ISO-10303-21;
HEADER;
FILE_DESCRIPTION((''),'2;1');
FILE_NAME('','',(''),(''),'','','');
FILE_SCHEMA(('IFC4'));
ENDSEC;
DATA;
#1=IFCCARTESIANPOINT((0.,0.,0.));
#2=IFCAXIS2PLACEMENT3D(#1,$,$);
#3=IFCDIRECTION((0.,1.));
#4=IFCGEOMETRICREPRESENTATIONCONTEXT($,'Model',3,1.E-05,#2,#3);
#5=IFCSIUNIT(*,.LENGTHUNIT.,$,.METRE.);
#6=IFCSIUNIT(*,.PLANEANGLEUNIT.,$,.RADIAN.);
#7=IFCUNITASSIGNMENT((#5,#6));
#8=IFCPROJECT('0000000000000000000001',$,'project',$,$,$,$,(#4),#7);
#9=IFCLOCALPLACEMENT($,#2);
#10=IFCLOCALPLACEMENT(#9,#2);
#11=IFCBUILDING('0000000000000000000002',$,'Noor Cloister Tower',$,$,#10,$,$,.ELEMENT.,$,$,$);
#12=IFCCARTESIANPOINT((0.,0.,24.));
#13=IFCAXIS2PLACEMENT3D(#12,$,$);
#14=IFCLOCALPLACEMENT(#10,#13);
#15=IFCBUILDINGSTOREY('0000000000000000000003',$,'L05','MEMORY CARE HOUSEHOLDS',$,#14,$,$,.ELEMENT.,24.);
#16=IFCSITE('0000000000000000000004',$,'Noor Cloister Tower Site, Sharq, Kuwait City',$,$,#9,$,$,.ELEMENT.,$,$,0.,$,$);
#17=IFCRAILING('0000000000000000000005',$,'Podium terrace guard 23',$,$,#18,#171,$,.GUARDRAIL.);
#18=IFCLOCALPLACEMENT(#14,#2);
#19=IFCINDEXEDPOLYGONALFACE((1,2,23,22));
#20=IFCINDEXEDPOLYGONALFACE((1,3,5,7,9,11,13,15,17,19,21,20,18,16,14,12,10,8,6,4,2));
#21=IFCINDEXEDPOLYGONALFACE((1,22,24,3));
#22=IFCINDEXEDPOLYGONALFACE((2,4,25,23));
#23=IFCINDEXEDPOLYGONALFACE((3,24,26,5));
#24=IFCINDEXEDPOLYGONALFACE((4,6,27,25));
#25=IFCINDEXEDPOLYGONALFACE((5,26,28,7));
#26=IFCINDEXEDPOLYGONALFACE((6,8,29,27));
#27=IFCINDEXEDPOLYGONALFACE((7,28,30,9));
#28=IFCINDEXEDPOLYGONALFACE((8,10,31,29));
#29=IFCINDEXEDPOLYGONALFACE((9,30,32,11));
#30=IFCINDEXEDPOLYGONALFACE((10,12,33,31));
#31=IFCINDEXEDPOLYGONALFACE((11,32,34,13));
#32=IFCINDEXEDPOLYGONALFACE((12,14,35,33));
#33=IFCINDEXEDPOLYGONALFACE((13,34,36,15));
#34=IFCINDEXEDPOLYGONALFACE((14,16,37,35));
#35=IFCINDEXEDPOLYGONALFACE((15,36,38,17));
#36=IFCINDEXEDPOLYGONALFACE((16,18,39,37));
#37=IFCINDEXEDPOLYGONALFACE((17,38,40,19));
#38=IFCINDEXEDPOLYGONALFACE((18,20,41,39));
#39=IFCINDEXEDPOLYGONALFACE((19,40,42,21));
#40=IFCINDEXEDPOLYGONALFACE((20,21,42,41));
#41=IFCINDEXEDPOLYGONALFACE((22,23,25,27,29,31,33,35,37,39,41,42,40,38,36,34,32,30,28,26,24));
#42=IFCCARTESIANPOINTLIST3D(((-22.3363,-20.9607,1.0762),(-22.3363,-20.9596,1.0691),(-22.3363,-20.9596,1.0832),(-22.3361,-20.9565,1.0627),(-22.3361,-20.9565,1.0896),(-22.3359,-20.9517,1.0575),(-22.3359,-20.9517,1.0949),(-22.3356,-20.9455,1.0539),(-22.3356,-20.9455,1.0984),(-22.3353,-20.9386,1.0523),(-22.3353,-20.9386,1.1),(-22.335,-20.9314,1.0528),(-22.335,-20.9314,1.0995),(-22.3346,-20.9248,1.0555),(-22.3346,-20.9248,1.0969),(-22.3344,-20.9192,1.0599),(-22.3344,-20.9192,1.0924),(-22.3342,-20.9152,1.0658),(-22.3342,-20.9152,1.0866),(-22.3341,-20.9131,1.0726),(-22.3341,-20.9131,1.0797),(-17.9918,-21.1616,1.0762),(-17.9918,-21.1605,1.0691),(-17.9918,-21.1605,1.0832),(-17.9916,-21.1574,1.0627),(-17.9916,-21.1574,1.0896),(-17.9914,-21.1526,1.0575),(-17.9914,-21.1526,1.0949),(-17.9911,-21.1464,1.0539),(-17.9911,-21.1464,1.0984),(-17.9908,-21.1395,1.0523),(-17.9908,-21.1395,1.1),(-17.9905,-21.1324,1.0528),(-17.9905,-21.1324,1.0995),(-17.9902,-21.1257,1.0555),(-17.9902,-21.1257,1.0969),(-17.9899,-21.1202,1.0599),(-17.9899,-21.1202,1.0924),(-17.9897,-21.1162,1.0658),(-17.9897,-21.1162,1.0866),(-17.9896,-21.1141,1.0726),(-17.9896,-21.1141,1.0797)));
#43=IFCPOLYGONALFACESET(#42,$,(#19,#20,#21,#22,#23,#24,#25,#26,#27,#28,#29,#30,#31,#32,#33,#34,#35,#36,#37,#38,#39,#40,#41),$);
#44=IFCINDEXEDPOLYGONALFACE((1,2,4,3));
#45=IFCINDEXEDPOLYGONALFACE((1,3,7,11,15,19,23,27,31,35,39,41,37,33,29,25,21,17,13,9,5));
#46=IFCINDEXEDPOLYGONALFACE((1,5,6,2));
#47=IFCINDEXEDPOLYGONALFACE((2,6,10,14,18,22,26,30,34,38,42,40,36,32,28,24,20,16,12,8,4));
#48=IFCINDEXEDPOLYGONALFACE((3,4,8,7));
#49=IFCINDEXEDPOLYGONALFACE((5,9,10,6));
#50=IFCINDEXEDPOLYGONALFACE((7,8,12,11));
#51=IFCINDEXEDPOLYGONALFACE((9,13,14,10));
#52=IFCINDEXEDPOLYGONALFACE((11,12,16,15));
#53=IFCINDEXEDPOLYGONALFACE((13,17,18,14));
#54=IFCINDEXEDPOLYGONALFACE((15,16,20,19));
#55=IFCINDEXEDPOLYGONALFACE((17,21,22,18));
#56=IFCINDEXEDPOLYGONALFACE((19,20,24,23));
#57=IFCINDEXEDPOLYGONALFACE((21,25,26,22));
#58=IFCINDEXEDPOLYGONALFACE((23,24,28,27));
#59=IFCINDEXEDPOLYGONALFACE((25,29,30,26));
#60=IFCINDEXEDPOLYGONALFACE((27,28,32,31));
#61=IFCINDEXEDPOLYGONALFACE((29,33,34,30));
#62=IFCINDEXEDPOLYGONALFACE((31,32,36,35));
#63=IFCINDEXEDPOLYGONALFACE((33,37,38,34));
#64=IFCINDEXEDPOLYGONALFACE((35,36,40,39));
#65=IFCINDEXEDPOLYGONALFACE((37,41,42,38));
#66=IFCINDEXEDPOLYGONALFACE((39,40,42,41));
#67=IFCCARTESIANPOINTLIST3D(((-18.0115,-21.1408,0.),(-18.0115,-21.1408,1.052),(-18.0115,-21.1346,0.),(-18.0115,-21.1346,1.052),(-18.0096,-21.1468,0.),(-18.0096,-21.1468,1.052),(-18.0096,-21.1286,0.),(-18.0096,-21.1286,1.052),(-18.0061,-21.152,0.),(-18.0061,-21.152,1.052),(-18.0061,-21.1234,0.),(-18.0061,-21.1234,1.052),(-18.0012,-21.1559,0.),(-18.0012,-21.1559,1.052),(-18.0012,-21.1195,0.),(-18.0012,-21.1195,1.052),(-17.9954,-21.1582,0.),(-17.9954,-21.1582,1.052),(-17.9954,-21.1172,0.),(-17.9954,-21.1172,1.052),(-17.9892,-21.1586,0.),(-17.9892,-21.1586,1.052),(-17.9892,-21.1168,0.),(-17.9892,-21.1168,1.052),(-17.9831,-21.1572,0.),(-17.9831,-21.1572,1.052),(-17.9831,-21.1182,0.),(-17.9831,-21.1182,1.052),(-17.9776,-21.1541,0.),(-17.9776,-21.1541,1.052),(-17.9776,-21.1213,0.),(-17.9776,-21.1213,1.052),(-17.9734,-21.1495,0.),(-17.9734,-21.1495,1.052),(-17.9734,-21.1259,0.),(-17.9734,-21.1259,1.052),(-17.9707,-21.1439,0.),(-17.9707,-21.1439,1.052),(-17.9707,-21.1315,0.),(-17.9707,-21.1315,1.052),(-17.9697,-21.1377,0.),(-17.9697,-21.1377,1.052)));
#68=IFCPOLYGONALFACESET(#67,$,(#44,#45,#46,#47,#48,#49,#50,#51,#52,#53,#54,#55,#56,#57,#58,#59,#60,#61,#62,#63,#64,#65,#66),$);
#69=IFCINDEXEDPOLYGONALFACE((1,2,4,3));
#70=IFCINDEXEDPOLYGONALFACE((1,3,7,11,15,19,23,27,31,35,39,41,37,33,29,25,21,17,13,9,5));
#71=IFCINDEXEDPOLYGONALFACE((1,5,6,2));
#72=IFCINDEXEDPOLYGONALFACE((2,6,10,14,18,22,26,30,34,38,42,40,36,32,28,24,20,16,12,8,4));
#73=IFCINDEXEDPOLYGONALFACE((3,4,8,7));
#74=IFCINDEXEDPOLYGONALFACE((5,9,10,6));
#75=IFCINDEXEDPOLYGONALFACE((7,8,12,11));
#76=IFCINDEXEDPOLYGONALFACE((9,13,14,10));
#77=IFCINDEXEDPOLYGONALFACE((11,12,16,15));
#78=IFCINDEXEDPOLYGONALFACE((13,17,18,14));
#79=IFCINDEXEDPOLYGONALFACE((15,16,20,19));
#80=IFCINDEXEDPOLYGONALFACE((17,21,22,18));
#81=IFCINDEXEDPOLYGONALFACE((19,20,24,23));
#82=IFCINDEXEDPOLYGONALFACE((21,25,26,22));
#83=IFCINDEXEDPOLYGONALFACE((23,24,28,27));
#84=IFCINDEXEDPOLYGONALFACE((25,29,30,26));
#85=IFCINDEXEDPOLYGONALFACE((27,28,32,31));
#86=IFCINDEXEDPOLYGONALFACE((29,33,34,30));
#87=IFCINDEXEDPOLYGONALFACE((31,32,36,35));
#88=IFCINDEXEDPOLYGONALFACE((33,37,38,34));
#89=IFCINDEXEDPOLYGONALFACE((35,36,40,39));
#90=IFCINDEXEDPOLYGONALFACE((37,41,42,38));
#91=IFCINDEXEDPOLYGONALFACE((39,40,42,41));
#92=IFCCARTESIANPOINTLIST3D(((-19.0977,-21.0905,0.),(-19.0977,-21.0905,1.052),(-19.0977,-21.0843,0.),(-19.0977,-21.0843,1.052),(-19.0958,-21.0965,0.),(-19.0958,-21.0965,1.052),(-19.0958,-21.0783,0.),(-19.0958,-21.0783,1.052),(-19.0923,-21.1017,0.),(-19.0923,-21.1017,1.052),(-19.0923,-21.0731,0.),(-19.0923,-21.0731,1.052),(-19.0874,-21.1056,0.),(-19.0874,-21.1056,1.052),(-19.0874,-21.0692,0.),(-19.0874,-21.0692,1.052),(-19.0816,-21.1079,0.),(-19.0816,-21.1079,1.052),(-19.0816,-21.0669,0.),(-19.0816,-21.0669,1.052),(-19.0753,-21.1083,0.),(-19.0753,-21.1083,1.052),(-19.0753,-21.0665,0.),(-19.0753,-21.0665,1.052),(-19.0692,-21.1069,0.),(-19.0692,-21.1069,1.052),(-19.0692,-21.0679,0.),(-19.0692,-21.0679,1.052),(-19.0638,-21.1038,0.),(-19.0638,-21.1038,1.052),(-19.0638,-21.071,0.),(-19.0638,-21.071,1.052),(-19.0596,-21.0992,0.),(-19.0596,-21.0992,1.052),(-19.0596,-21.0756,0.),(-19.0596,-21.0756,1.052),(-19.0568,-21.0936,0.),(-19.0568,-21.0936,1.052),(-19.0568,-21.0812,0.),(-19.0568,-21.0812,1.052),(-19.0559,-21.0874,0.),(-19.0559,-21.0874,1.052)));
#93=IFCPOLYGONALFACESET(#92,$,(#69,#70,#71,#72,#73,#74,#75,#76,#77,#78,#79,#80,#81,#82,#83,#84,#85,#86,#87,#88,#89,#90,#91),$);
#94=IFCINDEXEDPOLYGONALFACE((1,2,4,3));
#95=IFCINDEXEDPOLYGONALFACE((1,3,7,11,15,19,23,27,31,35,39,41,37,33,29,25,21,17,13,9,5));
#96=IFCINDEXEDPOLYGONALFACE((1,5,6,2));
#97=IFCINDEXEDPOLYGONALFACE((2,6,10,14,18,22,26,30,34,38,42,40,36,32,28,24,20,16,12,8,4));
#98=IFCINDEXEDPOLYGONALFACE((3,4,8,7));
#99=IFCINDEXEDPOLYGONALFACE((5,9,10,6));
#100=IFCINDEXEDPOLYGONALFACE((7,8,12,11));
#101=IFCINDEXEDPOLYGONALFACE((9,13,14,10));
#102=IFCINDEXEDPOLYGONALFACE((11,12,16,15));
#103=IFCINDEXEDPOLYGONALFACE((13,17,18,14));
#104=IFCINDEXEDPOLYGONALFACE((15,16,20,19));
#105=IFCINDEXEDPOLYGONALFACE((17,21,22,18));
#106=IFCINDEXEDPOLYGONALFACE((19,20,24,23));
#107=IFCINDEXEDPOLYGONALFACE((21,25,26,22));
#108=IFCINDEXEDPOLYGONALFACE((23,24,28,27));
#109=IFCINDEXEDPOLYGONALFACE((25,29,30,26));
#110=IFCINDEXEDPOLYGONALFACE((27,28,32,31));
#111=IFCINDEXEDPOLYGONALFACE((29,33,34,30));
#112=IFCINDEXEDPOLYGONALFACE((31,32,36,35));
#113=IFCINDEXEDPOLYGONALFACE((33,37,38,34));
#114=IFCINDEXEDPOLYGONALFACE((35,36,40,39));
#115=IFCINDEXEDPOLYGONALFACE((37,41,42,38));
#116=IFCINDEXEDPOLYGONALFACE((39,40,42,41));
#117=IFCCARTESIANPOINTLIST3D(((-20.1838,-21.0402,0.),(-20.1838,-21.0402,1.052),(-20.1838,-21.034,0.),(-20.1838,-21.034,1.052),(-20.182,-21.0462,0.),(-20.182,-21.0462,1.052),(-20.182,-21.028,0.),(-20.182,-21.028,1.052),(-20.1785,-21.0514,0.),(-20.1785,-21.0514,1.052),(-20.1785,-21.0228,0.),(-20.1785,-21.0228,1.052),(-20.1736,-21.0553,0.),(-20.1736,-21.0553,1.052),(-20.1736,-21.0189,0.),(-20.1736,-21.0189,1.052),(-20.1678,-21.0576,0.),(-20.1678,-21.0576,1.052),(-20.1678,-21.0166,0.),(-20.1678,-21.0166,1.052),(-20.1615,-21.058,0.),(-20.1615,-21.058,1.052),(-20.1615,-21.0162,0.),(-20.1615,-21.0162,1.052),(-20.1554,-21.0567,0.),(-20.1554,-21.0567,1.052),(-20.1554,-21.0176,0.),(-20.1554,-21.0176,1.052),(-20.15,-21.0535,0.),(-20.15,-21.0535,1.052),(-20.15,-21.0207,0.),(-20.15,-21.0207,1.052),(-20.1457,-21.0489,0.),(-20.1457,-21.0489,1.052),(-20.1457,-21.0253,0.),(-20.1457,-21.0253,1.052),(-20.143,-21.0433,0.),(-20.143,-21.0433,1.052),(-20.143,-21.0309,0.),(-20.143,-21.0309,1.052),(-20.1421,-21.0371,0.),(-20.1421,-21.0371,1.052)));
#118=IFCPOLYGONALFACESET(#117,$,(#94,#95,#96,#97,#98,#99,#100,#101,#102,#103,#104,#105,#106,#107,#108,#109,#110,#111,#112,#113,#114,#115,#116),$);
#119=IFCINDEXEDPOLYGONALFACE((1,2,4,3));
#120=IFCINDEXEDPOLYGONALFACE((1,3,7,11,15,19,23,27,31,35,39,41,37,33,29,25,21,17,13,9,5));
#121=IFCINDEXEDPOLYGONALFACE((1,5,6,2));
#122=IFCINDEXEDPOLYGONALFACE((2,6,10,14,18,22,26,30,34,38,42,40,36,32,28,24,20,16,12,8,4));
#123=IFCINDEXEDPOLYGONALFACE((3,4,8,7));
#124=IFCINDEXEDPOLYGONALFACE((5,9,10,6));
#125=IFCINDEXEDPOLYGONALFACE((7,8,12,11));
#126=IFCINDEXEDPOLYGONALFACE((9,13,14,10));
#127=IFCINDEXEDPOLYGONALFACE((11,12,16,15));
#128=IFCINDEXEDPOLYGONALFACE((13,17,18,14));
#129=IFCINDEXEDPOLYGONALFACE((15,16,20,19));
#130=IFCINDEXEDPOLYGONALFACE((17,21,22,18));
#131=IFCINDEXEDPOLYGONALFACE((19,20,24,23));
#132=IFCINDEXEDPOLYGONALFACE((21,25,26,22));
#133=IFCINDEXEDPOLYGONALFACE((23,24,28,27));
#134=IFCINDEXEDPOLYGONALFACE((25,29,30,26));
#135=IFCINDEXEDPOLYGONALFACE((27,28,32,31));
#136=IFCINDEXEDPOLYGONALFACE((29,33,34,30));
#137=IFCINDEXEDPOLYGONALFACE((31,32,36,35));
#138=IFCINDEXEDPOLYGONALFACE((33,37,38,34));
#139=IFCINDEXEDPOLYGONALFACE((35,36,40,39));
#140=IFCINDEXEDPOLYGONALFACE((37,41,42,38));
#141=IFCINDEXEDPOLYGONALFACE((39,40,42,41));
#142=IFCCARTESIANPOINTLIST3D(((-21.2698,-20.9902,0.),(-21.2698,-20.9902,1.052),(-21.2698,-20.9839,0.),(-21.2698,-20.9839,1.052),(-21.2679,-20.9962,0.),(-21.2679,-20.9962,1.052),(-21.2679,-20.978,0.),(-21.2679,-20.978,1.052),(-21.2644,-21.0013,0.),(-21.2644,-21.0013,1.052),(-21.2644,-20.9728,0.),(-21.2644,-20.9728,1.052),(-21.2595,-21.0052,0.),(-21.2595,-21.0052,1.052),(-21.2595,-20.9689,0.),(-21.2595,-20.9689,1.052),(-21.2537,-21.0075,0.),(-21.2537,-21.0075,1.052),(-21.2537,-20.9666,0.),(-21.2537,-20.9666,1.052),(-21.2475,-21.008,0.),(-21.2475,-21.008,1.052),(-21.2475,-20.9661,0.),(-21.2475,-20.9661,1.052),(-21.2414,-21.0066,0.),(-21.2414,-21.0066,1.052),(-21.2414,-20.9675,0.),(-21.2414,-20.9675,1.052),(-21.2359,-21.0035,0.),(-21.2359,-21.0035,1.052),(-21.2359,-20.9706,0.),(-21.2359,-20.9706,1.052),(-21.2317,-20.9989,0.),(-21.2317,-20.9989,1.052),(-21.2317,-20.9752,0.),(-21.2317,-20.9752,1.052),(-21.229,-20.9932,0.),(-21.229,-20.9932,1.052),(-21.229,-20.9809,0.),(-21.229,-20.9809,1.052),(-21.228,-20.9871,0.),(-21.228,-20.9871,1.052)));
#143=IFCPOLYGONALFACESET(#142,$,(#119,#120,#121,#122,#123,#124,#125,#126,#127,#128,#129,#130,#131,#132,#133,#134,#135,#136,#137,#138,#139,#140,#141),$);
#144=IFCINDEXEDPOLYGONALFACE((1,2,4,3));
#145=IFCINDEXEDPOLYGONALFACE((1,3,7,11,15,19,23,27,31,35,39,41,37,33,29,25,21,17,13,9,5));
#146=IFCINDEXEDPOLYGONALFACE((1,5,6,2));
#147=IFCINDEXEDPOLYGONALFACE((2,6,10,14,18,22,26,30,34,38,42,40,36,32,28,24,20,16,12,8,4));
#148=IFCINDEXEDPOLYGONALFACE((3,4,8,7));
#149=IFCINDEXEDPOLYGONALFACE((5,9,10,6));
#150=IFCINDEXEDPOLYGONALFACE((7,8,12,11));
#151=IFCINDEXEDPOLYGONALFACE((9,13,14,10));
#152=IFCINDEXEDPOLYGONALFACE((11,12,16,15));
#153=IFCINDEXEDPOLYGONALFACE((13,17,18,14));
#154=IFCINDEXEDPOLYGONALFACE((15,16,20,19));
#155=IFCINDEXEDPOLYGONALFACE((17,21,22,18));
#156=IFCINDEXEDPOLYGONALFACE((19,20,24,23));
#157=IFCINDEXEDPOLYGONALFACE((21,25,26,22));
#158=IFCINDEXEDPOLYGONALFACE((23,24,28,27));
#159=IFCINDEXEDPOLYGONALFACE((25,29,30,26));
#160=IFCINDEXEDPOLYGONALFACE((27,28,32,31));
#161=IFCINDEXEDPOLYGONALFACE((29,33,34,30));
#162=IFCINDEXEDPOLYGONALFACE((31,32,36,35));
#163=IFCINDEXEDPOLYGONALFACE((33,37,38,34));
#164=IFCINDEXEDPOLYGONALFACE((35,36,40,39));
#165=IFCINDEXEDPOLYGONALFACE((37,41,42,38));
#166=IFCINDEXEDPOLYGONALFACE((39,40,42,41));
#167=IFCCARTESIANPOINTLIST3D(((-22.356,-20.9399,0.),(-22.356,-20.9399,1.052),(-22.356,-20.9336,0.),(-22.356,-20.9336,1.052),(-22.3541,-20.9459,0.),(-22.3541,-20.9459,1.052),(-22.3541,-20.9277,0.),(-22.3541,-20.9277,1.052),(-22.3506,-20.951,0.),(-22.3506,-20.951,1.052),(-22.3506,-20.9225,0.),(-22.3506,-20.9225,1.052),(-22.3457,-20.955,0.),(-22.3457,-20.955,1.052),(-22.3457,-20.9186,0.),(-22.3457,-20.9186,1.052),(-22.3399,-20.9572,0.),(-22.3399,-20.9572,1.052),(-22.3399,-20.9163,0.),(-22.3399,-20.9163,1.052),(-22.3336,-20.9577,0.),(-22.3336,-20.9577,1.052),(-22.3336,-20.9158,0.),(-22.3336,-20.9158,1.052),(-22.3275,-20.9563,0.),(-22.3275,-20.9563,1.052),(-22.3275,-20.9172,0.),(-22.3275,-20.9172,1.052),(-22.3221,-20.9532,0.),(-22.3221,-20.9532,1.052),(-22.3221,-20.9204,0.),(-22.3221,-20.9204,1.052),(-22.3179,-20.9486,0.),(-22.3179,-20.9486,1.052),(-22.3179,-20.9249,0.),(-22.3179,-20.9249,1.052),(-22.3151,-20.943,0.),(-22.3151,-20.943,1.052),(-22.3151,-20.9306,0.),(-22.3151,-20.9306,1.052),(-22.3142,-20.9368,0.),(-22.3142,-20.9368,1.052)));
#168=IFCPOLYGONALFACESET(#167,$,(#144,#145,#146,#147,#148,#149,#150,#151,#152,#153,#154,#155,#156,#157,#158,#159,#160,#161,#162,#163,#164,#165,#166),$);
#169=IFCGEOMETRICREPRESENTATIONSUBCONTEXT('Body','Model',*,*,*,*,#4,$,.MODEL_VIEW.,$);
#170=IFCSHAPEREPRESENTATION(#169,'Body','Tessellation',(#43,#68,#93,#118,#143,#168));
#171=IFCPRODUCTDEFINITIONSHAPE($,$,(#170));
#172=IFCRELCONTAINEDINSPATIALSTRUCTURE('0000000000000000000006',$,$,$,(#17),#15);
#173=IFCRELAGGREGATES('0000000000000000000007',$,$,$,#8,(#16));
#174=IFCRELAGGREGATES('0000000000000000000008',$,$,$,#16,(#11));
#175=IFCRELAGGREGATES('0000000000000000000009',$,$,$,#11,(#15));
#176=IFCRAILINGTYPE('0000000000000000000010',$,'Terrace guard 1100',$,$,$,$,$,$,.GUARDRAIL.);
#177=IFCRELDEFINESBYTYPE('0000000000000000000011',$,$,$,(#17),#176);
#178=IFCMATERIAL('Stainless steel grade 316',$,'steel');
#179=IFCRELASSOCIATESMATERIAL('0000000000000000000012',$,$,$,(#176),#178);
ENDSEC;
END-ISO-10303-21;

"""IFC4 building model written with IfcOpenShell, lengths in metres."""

from ifc_helpers import new_model, si_unit, direction, frame, origin, origin_2d, place, context, subcontext, project, spatial, circle, extrude, material, type_object, element, save


model = new_model("IFC4")

# Units and contexts
model_context = context("Model", 3, precision=1e-05, world=origin(), true_north=direction((0.0, 1.0)))
body_context = subcontext(model_context, "Body", "Model", "MODEL_VIEW")
ifc_project = project(units=[si_unit("LENGTHUNIT", "METRE"), si_unit("PLANEANGLEUNIT", "RADIAN")], contexts=[model_context])

# Site, building, storey
site_placement = place(None, origin())
site = spatial("IfcSite", under=ifc_project, at=site_placement, Name="Noor Cloister Tower Site, Sharq, Kuwait City", CompositionType="ELEMENT", RefElevation=0.0)
building_placement = place(site_placement, origin())
building = spatial("IfcBuilding", under=site, at=building_placement, Name="Noor Cloister Tower", CompositionType="ELEMENT")
storey_placement = place(building_placement, frame((0.0, 0.0, 24.0)))
storey = spatial("IfcBuildingStorey", under=building, at=storey_placement, Name="L05", Description="MEMORY CARE HOUSEHOLDS", CompositionType="ELEMENT", Elevation=24.0)

# Railing
ifc_material_1 = material(Name="Stainless steel grade 316", Category="steel")
railing_type = type_object("IfcRailingType", Name="Terrace guard 1100", PredefinedType="GUARDRAIL", material=ifc_material_1)
railing_1_placement = place(storey_placement, frame((-17.9907, -21.1377, 0.0)))
element("IfcRailing", 1, at=railing_1_placement, inside=storey, type_object=railing_type, Name="Podium terrace guard 23", PredefinedType="GUARDRAIL", context=body_context, shape_type="SweptSolid", body=[
    extrude(circle(Radius=0.0239, at=origin_2d()), frame((0.0, 0.0, 1.0762), z_axis=(-0.998932, 0.0462, 0.0), x_axis=(-0.0462, -0.998932, 0.0)), (0.0, 0.0, 1.0), 4.3491),
    extrude(circle(Radius=0.021, at=origin_2d()), origin(), (0.0, 0.0, 1.0), 1.052),
    extrude(circle(Radius=0.021, at=origin_2d()), frame((-1.0862, 0.0503, 0.0)), (0.0, 0.0, 1.0), 1.052),
    extrude(circle(Radius=0.021, at=origin_2d()), frame((-2.1724, 0.1006, 0.0)), (0.0, 0.0, 1.0), 1.052),
    extrude(circle(Radius=0.021, at=origin_2d()), frame((-3.2583, 0.1506, 0.0)), (0.0, 0.0, 1.0), 1.052),
    extrude(circle(Radius=0.021, at=origin_2d()), frame((-4.3445, 0.2009, 0.0)), (0.0, 0.0, 1.0), 1.052),
])

save(model, "model.ifc")
